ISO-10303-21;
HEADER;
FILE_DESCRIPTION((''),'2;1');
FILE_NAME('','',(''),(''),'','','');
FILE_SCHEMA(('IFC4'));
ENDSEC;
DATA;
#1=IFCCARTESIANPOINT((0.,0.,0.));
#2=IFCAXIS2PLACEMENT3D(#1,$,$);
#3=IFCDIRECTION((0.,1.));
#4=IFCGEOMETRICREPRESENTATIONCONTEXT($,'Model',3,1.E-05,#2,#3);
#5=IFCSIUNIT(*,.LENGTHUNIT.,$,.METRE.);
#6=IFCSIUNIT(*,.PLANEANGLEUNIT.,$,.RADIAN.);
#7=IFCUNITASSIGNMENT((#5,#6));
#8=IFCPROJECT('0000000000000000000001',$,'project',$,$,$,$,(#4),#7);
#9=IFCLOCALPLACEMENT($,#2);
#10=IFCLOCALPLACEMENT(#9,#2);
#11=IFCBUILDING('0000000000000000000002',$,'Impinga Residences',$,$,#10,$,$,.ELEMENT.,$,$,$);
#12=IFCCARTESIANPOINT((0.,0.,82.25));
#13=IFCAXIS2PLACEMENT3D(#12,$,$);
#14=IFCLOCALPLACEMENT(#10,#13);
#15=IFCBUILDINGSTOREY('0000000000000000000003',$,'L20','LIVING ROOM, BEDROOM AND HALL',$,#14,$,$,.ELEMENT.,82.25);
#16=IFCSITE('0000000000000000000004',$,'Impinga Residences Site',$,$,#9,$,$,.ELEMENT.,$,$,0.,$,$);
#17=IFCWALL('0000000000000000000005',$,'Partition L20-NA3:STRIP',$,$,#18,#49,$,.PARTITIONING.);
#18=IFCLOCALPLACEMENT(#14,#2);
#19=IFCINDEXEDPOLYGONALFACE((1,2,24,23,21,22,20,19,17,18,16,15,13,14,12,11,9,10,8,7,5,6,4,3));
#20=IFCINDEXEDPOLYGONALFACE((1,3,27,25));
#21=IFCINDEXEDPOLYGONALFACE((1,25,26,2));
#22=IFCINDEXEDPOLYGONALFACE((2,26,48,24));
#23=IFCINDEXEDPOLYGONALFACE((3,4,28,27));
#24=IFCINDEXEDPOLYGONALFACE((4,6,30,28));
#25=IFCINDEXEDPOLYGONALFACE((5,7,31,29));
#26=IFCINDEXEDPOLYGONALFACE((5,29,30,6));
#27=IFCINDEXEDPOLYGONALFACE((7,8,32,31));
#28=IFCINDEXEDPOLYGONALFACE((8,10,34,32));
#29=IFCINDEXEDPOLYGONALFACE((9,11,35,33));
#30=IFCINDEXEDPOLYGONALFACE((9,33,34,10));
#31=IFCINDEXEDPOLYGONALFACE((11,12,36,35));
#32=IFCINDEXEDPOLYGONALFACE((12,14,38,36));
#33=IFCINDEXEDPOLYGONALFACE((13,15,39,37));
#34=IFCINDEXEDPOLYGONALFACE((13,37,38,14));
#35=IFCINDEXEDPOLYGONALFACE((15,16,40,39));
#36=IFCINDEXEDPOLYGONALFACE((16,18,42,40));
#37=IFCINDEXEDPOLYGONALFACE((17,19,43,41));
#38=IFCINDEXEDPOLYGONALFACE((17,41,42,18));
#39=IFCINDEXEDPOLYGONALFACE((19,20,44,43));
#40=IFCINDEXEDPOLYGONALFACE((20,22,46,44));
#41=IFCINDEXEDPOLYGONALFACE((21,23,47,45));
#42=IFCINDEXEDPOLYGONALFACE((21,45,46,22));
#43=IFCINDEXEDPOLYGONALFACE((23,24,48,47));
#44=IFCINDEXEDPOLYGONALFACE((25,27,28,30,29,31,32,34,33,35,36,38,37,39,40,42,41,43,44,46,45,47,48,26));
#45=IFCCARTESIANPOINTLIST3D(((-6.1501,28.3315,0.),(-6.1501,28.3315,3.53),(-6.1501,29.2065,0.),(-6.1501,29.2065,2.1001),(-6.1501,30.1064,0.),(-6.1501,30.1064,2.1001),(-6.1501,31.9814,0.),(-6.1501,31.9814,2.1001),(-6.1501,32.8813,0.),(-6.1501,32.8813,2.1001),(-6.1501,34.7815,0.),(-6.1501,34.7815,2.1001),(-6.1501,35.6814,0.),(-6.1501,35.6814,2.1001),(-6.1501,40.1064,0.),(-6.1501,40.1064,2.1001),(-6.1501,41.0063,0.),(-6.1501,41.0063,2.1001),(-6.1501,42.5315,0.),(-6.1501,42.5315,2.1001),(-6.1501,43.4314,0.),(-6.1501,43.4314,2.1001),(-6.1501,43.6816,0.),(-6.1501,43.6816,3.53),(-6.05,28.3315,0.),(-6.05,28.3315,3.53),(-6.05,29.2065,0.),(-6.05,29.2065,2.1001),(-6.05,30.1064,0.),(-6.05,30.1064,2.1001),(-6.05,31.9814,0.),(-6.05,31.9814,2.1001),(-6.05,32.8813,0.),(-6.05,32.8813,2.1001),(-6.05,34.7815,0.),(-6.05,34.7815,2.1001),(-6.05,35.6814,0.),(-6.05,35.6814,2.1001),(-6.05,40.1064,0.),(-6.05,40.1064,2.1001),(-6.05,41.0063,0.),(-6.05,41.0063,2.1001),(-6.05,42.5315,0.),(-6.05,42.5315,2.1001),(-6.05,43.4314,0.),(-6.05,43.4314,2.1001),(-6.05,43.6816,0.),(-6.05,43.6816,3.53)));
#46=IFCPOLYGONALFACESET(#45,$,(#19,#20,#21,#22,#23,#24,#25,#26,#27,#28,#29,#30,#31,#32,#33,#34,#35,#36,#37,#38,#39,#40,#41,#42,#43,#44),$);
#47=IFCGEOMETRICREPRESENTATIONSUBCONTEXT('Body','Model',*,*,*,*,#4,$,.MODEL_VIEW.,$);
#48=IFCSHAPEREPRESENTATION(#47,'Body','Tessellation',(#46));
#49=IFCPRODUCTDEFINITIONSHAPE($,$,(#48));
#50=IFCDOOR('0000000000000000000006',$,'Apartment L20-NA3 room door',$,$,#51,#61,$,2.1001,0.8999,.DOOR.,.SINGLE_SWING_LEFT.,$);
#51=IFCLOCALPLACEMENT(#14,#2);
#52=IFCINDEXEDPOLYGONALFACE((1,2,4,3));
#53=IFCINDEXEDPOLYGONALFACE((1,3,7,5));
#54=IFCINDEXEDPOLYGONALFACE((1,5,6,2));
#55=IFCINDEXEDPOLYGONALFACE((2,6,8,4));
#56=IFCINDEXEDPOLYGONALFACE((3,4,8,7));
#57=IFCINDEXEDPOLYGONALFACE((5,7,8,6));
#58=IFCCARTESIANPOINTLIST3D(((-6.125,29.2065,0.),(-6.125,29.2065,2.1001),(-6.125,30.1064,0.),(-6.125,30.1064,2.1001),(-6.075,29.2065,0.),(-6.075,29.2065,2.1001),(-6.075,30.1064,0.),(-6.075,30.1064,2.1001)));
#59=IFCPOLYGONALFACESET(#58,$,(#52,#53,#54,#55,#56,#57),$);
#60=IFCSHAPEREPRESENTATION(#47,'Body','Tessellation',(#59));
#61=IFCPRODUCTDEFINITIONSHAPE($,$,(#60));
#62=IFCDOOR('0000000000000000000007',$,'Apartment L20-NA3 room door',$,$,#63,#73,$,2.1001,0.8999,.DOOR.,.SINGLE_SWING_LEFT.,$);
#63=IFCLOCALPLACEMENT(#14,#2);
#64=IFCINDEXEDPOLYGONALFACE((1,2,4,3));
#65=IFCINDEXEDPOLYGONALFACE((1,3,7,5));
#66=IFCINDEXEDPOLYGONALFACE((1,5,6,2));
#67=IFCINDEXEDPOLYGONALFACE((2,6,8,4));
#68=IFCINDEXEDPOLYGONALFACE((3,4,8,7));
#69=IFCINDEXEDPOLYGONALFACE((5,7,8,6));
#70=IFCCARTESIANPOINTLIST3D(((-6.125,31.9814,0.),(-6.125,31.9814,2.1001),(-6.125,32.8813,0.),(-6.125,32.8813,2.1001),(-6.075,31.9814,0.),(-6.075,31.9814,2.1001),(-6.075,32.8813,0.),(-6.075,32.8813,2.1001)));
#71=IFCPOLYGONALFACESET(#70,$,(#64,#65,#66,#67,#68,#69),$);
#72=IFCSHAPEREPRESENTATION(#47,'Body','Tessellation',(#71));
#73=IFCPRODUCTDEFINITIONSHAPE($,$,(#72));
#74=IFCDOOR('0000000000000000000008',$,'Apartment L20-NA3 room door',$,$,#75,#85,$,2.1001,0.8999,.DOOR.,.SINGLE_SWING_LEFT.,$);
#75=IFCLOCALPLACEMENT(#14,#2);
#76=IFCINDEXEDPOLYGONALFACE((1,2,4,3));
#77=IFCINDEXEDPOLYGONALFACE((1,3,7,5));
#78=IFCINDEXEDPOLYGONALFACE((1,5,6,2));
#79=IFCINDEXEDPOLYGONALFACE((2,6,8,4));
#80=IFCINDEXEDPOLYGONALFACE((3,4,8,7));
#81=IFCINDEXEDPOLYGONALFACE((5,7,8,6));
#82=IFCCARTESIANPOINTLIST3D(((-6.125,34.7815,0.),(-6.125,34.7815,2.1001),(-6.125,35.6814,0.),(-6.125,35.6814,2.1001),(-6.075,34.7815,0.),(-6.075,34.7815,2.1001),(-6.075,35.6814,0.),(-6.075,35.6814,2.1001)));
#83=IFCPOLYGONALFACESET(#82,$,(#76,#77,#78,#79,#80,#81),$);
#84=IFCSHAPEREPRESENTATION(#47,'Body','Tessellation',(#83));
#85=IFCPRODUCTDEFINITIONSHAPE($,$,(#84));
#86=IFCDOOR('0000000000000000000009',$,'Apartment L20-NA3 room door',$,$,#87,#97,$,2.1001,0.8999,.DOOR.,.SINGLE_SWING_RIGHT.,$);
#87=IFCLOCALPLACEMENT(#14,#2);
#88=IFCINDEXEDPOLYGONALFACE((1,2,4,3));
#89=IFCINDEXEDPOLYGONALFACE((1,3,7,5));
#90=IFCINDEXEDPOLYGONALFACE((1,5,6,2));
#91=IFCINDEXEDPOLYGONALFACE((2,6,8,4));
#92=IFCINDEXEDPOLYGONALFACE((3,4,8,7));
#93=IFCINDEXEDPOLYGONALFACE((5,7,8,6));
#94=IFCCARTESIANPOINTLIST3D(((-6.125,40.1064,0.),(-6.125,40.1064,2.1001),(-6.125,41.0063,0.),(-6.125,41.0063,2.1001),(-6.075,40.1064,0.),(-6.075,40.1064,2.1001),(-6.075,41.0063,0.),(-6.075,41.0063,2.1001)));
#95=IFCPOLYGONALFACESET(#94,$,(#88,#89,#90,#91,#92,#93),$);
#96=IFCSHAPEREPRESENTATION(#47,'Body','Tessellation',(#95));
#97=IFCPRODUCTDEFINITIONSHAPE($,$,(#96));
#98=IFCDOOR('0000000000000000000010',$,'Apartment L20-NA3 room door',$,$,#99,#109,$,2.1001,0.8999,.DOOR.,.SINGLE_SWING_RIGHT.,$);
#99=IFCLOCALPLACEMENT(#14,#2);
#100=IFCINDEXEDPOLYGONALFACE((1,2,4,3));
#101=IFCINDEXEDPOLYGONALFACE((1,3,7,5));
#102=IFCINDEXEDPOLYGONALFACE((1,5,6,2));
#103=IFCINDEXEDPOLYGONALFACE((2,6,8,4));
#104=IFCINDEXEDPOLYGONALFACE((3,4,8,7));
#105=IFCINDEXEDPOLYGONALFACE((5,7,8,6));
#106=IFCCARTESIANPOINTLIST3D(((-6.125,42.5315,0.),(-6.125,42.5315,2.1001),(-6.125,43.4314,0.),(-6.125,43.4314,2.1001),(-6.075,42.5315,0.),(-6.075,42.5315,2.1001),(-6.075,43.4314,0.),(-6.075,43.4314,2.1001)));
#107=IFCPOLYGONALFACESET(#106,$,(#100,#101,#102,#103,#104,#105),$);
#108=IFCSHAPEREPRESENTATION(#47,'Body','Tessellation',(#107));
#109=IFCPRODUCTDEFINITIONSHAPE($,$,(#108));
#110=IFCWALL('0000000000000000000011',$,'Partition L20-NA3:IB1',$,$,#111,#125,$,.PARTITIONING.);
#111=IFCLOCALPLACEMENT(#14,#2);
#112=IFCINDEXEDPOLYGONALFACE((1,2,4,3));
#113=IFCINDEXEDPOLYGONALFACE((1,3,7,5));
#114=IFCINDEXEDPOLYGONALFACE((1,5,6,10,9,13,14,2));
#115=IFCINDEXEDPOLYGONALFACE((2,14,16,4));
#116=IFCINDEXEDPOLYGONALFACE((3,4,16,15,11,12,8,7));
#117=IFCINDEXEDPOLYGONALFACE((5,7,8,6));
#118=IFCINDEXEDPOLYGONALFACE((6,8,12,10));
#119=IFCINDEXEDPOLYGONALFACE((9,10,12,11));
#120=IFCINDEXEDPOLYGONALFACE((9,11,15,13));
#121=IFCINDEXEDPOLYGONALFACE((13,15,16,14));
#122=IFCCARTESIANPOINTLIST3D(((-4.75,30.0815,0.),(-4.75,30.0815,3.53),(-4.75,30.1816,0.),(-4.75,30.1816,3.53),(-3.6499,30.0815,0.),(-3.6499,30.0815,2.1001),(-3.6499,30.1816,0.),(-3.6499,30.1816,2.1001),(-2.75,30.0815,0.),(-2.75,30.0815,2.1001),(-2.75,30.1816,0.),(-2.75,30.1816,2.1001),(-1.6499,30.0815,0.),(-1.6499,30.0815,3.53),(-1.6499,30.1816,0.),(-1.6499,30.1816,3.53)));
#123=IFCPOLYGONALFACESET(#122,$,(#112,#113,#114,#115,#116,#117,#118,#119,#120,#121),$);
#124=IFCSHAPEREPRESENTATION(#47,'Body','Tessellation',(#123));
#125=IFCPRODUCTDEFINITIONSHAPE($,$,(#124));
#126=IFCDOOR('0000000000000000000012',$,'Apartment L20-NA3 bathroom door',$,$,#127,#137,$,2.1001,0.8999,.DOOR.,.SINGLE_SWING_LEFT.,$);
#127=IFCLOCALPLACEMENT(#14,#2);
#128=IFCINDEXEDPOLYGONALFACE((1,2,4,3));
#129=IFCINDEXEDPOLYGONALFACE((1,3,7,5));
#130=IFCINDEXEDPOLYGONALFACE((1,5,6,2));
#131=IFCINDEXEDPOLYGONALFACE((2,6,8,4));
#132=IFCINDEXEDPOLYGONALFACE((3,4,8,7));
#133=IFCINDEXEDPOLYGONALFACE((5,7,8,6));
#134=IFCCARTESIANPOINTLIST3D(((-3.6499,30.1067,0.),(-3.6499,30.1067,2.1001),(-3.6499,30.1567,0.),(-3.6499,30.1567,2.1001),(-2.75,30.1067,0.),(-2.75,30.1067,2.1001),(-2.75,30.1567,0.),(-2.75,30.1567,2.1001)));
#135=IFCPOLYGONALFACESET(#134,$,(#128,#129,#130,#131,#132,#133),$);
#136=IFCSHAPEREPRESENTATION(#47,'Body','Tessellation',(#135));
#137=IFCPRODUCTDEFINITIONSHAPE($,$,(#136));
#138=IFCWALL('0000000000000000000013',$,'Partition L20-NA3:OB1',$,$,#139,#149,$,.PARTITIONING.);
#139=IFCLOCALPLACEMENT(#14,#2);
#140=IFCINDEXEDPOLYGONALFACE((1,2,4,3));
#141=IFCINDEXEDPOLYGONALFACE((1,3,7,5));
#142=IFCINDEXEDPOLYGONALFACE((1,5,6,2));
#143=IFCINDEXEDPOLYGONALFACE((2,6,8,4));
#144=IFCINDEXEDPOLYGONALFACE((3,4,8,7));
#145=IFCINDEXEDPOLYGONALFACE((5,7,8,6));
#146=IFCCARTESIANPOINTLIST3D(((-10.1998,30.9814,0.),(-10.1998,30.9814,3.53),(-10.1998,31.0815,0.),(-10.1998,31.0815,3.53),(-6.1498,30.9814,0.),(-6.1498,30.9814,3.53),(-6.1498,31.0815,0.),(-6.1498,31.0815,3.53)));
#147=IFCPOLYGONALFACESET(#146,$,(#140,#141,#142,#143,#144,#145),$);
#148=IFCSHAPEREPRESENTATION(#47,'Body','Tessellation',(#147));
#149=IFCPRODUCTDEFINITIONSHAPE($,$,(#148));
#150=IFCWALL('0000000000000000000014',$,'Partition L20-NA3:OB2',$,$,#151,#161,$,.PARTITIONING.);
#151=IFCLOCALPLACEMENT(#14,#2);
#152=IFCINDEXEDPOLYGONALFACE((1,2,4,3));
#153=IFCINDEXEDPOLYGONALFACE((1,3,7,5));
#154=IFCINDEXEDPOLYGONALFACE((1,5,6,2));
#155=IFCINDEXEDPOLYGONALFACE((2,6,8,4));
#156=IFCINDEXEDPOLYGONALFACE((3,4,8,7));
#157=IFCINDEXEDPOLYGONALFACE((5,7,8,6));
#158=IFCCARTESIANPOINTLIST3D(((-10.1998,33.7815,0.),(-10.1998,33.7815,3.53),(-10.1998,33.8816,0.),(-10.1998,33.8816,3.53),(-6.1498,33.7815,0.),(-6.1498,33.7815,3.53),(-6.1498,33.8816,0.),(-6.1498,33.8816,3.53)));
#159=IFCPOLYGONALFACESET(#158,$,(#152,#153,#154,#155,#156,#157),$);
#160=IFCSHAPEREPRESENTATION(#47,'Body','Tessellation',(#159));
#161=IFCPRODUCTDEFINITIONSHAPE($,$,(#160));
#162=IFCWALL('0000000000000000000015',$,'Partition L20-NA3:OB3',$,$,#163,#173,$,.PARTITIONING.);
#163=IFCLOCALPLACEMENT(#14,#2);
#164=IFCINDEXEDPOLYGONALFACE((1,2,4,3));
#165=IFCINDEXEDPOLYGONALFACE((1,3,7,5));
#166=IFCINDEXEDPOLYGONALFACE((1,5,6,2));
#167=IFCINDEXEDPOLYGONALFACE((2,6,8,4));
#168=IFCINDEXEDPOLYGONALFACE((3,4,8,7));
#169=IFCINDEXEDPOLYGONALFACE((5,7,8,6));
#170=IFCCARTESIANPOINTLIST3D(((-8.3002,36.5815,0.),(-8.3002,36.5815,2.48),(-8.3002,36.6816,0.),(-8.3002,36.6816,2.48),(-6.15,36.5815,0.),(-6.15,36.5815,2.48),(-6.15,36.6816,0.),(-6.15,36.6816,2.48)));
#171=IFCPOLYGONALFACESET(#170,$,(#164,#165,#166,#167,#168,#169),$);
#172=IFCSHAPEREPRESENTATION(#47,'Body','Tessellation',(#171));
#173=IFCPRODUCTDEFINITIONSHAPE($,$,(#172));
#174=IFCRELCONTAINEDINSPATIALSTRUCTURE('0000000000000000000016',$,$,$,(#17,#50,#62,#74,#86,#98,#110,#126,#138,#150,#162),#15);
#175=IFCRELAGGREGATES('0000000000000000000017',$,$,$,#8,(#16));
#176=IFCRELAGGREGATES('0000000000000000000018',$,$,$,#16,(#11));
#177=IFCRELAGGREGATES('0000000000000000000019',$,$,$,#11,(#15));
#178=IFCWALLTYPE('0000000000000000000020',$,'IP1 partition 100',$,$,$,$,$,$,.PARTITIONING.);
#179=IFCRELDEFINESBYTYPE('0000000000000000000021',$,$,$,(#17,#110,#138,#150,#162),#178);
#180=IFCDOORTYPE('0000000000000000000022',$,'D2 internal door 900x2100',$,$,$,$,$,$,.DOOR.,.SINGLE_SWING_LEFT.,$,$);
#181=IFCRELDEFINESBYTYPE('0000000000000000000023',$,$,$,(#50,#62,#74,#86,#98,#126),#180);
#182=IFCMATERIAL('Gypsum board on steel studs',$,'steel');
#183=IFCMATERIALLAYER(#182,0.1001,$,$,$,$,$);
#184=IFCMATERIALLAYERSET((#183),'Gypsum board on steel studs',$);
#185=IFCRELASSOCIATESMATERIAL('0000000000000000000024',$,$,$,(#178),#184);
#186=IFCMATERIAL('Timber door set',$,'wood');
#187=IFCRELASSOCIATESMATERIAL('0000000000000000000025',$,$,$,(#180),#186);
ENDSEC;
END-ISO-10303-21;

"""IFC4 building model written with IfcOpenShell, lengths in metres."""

from ifc_helpers import new_model, si_unit, direction, frame, frame_2d, origin, place, context, subcontext, project, spatial, rectangle, extrude, material, layer, layer_set, type_object, element, fill, save


model = new_model("IFC4")

# Units and contexts
model_context = context("Model", 3, precision=1e-05, world=origin(), true_north=direction((0.0, 1.0)))
body_context = subcontext(model_context, "Body", "Model", "MODEL_VIEW")
ifc_project = project(units=[si_unit("LENGTHUNIT", "METRE"), si_unit("PLANEANGLEUNIT", "RADIAN")], contexts=[model_context])

# Site, building, storey
site_placement = place(None, origin())
site = spatial("IfcSite", under=ifc_project, at=site_placement, Name="Impinga Residences Site", CompositionType="ELEMENT", RefElevation=0.0)
building_placement = place(site_placement, origin())
building = spatial("IfcBuilding", under=site, at=building_placement, Name="Impinga Residences", CompositionType="ELEMENT")
storey_placement = place(building_placement, frame((0.0, 0.0, 82.25)))
storey = spatial("IfcBuildingStorey", under=building, at=storey_placement, Name="L20", Description="LIVING ROOM, BEDROOM AND HALL", CompositionType="ELEMENT", Elevation=82.25)

# Shared definitions
ifc_material_1 = material(Name="Timber door set", Category="wood")

# Shared definitions
ifc_material_2 = material(Name="Gypsum board on steel studs", Category="steel")
ifc_layer_1 = layer(ifc_material_2, 0.1001)
ifc_layer_set_1 = layer_set([ifc_layer_1], Name="Gypsum board on steel studs")
wall_type_1 = type_object("IfcWallType", Name="IP1 partition 100", PredefinedType="PARTITIONING", material=ifc_layer_set_1)

# Wall, openings, doors
wall_1_placement = place(storey_placement, frame((-6.1001, 28.3315, 0.0), z_axis=(0.0, 0.0, 1.0), x_axis=(0.0, 1.0, 0.0)))
wall_1 = element("IfcWall", 1, at=wall_1_placement, inside=storey, type_object=wall_type_1, Name="Partition L20-NA3:STRIP", PredefinedType="PARTITIONING", context=body_context, shape_type="SweptSolid", body=[
    extrude(rectangle(XDim=15.3501, YDim=0.1001, at=frame_2d((7.675, 0.0))), origin(), (0.0, 0.0, 1.0), 3.53),
])
opening_1_placement = place(wall_1_placement, frame((0.875, 0.0, 0.0)))
opening_1 = element("IfcOpeningElement", 2, at=opening_1_placement, cuts=wall_1, PredefinedType="OPENING", context=body_context, shape_type="SweptSolid", body=[
    extrude(rectangle(XDim=0.8999, YDim=2.1001, at=frame_2d((0.45, 1.05))), frame((0.0, 0.0601, 0.0), z_axis=(0.0, -1.0, 0.0), x_axis=(1.0, 0.0, 0.0)), (0.0, 0.0, 1.0), 0.1201),
])
opening_2_placement = place(wall_1_placement, frame((3.6499, 0.0, 0.0)))
opening_2 = element("IfcOpeningElement", 3, at=opening_2_placement, cuts=wall_1, PredefinedType="OPENING", context=body_context, shape_type="SweptSolid", body=[
    extrude(rectangle(XDim=0.8999, YDim=2.1001, at=frame_2d((0.45, 1.05))), frame((0.0, 0.0601, 0.0), z_axis=(0.0, -1.0, 0.0), x_axis=(1.0, 0.0, 0.0)), (0.0, 0.0, 1.0), 0.1201),
])
opening_3_placement = place(wall_1_placement, frame((6.45, 0.0, 0.0)))
opening_3 = element("IfcOpeningElement", 4, at=opening_3_placement, cuts=wall_1, PredefinedType="OPENING", context=body_context, shape_type="SweptSolid", body=[
    extrude(rectangle(XDim=0.8999, YDim=2.1001, at=frame_2d((0.45, 1.05))), frame((0.0, 0.0601, 0.0), z_axis=(0.0, -1.0, 0.0), x_axis=(1.0, 0.0, 0.0)), (0.0, 0.0, 1.0), 0.1201),
])
opening_4_placement = place(wall_1_placement, frame((11.7749, 0.0, 0.0)))
opening_4 = element("IfcOpeningElement", 5, at=opening_4_placement, cuts=wall_1, PredefinedType="OPENING", context=body_context, shape_type="SweptSolid", body=[
    extrude(rectangle(XDim=0.8999, YDim=2.1001, at=frame_2d((0.45, 1.05))), frame((0.0, 0.0601, 0.0), z_axis=(0.0, -1.0, 0.0), x_axis=(1.0, 0.0, 0.0)), (0.0, 0.0, 1.0), 0.1201),
])
opening_5_placement = place(wall_1_placement, frame((14.2, 0.0, 0.0)))
opening_5 = element("IfcOpeningElement", 6, at=opening_5_placement, cuts=wall_1, PredefinedType="OPENING", context=body_context, shape_type="SweptSolid", body=[
    extrude(rectangle(XDim=0.8999, YDim=2.1001, at=frame_2d((0.45, 1.05))), frame((0.0, 0.0601, 0.0), z_axis=(0.0, -1.0, 0.0), x_axis=(1.0, 0.0, 0.0)), (0.0, 0.0, 1.0), 0.1201),
])
door_type_1 = type_object("IfcDoorType", Name="D2 internal door 900x2100", OperationType="SINGLE_SWING_LEFT", PredefinedType="DOOR", material=ifc_material_1)
door_1_placement = place(opening_1_placement, origin())
door_1 = element("IfcDoor", 7, at=door_1_placement, inside=storey, type_object=door_type_1, Name="Apartment L20-NA3 room door", OperationType="SINGLE_SWING_LEFT", OverallHeight=2.1001, OverallWidth=0.8999, PredefinedType="DOOR", context=body_context, shape_type="SweptSolid", body=[
    extrude(rectangle(XDim=0.8999, YDim=2.1001, at=frame_2d((0.45, 1.05))), frame((0.0, 0.0249, 0.0), z_axis=(0.0, -1.0, 0.0), x_axis=(1.0, 0.0, 0.0)), (0.0, 0.0, 1.0), 0.05),
])
fill(opening_1, door_1)
door_2_placement = place(opening_2_placement, origin())
door_2 = element("IfcDoor", 8, at=door_2_placement, inside=storey, type_object=door_type_1, Name="Apartment L20-NA3 room door", OperationType="SINGLE_SWING_LEFT", OverallHeight=2.1001, OverallWidth=0.8999, PredefinedType="DOOR", context=body_context, shape_type="SweptSolid", body=[
    extrude(rectangle(XDim=0.8999, YDim=2.1001, at=frame_2d((0.45, 1.05))), frame((0.0, 0.0249, 0.0), z_axis=(0.0, -1.0, 0.0), x_axis=(1.0, 0.0, 0.0)), (0.0, 0.0, 1.0), 0.05),
])
fill(opening_2, door_2)
door_3_placement = place(opening_3_placement, origin())
door_3 = element("IfcDoor", 9, at=door_3_placement, inside=storey, type_object=door_type_1, Name="Apartment L20-NA3 room door", OperationType="SINGLE_SWING_LEFT", OverallHeight=2.1001, OverallWidth=0.8999, PredefinedType="DOOR", context=body_context, shape_type="SweptSolid", body=[
    extrude(rectangle(XDim=0.8999, YDim=2.1001, at=frame_2d((0.45, 1.05))), frame((0.0, 0.0249, 0.0), z_axis=(0.0, -1.0, 0.0), x_axis=(1.0, 0.0, 0.0)), (0.0, 0.0, 1.0), 0.05),
])
fill(opening_3, door_3)
door_4_placement = place(opening_4_placement, origin())
door_4 = element("IfcDoor", 10, at=door_4_placement, inside=storey, type_object=door_type_1, Name="Apartment L20-NA3 room door", OperationType="SINGLE_SWING_RIGHT", OverallHeight=2.1001, OverallWidth=0.8999, PredefinedType="DOOR", context=body_context, shape_type="SweptSolid", body=[
    extrude(rectangle(XDim=0.8999, YDim=2.1001, at=frame_2d((0.45, 1.05))), frame((0.0, 0.0249, 0.0), z_axis=(0.0, -1.0, 0.0), x_axis=(1.0, 0.0, 0.0)), (0.0, 0.0, 1.0), 0.05),
])
fill(opening_4, door_4)
door_5_placement = place(opening_5_placement, origin())
door_5 = element("IfcDoor", 11, at=door_5_placement, inside=storey, type_object=door_type_1, Name="Apartment L20-NA3 room door", OperationType="SINGLE_SWING_RIGHT", OverallHeight=2.1001, OverallWidth=0.8999, PredefinedType="DOOR", context=body_context, shape_type="SweptSolid", body=[
    extrude(rectangle(XDim=0.8999, YDim=2.1001, at=frame_2d((0.45, 1.05))), frame((0.0, 0.0249, 0.0), z_axis=(0.0, -1.0, 0.0), x_axis=(1.0, 0.0, 0.0)), (0.0, 0.0, 1.0), 0.05),
])
fill(opening_5, door_5)

# Wall, opening, door
wall_2_placement = place(storey_placement, frame((-1.6499, 30.1316, 0.0), z_axis=(0.0, 0.0, 1.0), x_axis=(-1.0, 0.0, 0.0)))
wall_2 = element("IfcWall", 12, at=wall_2_placement, inside=storey, type_object=wall_type_1, Name="Partition L20-NA3:IB1", PredefinedType="PARTITIONING", context=body_context, shape_type="SweptSolid", body=[
    extrude(rectangle(XDim=3.1001, YDim=0.1001, at=frame_2d((1.55, 0.0))), origin(), (0.0, 0.0, 1.0), 3.53),
])
opening_6_placement = place(wall_2_placement, frame((1.1001, 0.0, 0.0)))
opening_6 = element("IfcOpeningElement", 13, at=opening_6_placement, cuts=wall_2, PredefinedType="OPENING", context=body_context, shape_type="SweptSolid", body=[
    extrude(rectangle(XDim=0.8999, YDim=2.1001, at=frame_2d((0.45, 1.05))), frame((0.0, 0.0601, 0.0), z_axis=(0.0, -1.0, 0.0), x_axis=(1.0, 0.0, 0.0)), (0.0, 0.0, 1.0), 0.1201),
])
door_6_placement = place(opening_6_placement, origin())
door_6 = element("IfcDoor", 14, at=door_6_placement, inside=storey, type_object=door_type_1, Name="Apartment L20-NA3 bathroom door", OperationType="SINGLE_SWING_LEFT", OverallHeight=2.1001, OverallWidth=0.8999, PredefinedType="DOOR", context=body_context, shape_type="SweptSolid", body=[
    extrude(rectangle(XDim=0.8999, YDim=2.1001, at=frame_2d((0.45, 1.05))), frame((0.0, 0.0249, 0.0), z_axis=(0.0, -1.0, 0.0), x_axis=(1.0, 0.0, 0.0)), (0.0, 0.0, 1.0), 0.05),
])
fill(opening_6, door_6)

# Walls
for number, where, z_axis, x_axis, name in (
    (15, (-6.1499, 31.0315, 0.0), (0.0, 0.0, 1.0), (-1.0, 0.0, 0.0), "Partition L20-NA3:OB1"),
    (16, (-6.1499, 33.8315, 0.0), (0.0, 0.0, 1.0), (-1.0, 0.0, 0.0), "Partition L20-NA3:OB2"),
):
    element("IfcWall", number, at=place(storey_placement, frame(where, z_axis=z_axis, x_axis=x_axis)), inside=storey, type_object=wall_type_1, Name=name, PredefinedType="PARTITIONING", context=body_context, shape_type="SweptSolid", body=[
        extrude(rectangle(XDim=4.05, YDim=0.1001, at=frame_2d((2.0249, 0.0))), origin(), (0.0, 0.0, 1.0), 3.53),
    ])
wall_3_placement = place(storey_placement, frame((-6.1499, 36.6316, 0.0), z_axis=(0.0, 0.0, 1.0), x_axis=(-1.0, 0.0, 0.0)))
element("IfcWall", 17, at=wall_3_placement, inside=storey, type_object=wall_type_1, Name="Partition L20-NA3:OB3", PredefinedType="PARTITIONING", context=body_context, shape_type="SweptSolid", body=[
    extrude(rectangle(XDim=2.1501, YDim=0.1001, at=frame_2d((1.0752, 0.0))), origin(), (0.0, 0.0, 1.0), 2.48),
])

save(model, "model.ifc")
